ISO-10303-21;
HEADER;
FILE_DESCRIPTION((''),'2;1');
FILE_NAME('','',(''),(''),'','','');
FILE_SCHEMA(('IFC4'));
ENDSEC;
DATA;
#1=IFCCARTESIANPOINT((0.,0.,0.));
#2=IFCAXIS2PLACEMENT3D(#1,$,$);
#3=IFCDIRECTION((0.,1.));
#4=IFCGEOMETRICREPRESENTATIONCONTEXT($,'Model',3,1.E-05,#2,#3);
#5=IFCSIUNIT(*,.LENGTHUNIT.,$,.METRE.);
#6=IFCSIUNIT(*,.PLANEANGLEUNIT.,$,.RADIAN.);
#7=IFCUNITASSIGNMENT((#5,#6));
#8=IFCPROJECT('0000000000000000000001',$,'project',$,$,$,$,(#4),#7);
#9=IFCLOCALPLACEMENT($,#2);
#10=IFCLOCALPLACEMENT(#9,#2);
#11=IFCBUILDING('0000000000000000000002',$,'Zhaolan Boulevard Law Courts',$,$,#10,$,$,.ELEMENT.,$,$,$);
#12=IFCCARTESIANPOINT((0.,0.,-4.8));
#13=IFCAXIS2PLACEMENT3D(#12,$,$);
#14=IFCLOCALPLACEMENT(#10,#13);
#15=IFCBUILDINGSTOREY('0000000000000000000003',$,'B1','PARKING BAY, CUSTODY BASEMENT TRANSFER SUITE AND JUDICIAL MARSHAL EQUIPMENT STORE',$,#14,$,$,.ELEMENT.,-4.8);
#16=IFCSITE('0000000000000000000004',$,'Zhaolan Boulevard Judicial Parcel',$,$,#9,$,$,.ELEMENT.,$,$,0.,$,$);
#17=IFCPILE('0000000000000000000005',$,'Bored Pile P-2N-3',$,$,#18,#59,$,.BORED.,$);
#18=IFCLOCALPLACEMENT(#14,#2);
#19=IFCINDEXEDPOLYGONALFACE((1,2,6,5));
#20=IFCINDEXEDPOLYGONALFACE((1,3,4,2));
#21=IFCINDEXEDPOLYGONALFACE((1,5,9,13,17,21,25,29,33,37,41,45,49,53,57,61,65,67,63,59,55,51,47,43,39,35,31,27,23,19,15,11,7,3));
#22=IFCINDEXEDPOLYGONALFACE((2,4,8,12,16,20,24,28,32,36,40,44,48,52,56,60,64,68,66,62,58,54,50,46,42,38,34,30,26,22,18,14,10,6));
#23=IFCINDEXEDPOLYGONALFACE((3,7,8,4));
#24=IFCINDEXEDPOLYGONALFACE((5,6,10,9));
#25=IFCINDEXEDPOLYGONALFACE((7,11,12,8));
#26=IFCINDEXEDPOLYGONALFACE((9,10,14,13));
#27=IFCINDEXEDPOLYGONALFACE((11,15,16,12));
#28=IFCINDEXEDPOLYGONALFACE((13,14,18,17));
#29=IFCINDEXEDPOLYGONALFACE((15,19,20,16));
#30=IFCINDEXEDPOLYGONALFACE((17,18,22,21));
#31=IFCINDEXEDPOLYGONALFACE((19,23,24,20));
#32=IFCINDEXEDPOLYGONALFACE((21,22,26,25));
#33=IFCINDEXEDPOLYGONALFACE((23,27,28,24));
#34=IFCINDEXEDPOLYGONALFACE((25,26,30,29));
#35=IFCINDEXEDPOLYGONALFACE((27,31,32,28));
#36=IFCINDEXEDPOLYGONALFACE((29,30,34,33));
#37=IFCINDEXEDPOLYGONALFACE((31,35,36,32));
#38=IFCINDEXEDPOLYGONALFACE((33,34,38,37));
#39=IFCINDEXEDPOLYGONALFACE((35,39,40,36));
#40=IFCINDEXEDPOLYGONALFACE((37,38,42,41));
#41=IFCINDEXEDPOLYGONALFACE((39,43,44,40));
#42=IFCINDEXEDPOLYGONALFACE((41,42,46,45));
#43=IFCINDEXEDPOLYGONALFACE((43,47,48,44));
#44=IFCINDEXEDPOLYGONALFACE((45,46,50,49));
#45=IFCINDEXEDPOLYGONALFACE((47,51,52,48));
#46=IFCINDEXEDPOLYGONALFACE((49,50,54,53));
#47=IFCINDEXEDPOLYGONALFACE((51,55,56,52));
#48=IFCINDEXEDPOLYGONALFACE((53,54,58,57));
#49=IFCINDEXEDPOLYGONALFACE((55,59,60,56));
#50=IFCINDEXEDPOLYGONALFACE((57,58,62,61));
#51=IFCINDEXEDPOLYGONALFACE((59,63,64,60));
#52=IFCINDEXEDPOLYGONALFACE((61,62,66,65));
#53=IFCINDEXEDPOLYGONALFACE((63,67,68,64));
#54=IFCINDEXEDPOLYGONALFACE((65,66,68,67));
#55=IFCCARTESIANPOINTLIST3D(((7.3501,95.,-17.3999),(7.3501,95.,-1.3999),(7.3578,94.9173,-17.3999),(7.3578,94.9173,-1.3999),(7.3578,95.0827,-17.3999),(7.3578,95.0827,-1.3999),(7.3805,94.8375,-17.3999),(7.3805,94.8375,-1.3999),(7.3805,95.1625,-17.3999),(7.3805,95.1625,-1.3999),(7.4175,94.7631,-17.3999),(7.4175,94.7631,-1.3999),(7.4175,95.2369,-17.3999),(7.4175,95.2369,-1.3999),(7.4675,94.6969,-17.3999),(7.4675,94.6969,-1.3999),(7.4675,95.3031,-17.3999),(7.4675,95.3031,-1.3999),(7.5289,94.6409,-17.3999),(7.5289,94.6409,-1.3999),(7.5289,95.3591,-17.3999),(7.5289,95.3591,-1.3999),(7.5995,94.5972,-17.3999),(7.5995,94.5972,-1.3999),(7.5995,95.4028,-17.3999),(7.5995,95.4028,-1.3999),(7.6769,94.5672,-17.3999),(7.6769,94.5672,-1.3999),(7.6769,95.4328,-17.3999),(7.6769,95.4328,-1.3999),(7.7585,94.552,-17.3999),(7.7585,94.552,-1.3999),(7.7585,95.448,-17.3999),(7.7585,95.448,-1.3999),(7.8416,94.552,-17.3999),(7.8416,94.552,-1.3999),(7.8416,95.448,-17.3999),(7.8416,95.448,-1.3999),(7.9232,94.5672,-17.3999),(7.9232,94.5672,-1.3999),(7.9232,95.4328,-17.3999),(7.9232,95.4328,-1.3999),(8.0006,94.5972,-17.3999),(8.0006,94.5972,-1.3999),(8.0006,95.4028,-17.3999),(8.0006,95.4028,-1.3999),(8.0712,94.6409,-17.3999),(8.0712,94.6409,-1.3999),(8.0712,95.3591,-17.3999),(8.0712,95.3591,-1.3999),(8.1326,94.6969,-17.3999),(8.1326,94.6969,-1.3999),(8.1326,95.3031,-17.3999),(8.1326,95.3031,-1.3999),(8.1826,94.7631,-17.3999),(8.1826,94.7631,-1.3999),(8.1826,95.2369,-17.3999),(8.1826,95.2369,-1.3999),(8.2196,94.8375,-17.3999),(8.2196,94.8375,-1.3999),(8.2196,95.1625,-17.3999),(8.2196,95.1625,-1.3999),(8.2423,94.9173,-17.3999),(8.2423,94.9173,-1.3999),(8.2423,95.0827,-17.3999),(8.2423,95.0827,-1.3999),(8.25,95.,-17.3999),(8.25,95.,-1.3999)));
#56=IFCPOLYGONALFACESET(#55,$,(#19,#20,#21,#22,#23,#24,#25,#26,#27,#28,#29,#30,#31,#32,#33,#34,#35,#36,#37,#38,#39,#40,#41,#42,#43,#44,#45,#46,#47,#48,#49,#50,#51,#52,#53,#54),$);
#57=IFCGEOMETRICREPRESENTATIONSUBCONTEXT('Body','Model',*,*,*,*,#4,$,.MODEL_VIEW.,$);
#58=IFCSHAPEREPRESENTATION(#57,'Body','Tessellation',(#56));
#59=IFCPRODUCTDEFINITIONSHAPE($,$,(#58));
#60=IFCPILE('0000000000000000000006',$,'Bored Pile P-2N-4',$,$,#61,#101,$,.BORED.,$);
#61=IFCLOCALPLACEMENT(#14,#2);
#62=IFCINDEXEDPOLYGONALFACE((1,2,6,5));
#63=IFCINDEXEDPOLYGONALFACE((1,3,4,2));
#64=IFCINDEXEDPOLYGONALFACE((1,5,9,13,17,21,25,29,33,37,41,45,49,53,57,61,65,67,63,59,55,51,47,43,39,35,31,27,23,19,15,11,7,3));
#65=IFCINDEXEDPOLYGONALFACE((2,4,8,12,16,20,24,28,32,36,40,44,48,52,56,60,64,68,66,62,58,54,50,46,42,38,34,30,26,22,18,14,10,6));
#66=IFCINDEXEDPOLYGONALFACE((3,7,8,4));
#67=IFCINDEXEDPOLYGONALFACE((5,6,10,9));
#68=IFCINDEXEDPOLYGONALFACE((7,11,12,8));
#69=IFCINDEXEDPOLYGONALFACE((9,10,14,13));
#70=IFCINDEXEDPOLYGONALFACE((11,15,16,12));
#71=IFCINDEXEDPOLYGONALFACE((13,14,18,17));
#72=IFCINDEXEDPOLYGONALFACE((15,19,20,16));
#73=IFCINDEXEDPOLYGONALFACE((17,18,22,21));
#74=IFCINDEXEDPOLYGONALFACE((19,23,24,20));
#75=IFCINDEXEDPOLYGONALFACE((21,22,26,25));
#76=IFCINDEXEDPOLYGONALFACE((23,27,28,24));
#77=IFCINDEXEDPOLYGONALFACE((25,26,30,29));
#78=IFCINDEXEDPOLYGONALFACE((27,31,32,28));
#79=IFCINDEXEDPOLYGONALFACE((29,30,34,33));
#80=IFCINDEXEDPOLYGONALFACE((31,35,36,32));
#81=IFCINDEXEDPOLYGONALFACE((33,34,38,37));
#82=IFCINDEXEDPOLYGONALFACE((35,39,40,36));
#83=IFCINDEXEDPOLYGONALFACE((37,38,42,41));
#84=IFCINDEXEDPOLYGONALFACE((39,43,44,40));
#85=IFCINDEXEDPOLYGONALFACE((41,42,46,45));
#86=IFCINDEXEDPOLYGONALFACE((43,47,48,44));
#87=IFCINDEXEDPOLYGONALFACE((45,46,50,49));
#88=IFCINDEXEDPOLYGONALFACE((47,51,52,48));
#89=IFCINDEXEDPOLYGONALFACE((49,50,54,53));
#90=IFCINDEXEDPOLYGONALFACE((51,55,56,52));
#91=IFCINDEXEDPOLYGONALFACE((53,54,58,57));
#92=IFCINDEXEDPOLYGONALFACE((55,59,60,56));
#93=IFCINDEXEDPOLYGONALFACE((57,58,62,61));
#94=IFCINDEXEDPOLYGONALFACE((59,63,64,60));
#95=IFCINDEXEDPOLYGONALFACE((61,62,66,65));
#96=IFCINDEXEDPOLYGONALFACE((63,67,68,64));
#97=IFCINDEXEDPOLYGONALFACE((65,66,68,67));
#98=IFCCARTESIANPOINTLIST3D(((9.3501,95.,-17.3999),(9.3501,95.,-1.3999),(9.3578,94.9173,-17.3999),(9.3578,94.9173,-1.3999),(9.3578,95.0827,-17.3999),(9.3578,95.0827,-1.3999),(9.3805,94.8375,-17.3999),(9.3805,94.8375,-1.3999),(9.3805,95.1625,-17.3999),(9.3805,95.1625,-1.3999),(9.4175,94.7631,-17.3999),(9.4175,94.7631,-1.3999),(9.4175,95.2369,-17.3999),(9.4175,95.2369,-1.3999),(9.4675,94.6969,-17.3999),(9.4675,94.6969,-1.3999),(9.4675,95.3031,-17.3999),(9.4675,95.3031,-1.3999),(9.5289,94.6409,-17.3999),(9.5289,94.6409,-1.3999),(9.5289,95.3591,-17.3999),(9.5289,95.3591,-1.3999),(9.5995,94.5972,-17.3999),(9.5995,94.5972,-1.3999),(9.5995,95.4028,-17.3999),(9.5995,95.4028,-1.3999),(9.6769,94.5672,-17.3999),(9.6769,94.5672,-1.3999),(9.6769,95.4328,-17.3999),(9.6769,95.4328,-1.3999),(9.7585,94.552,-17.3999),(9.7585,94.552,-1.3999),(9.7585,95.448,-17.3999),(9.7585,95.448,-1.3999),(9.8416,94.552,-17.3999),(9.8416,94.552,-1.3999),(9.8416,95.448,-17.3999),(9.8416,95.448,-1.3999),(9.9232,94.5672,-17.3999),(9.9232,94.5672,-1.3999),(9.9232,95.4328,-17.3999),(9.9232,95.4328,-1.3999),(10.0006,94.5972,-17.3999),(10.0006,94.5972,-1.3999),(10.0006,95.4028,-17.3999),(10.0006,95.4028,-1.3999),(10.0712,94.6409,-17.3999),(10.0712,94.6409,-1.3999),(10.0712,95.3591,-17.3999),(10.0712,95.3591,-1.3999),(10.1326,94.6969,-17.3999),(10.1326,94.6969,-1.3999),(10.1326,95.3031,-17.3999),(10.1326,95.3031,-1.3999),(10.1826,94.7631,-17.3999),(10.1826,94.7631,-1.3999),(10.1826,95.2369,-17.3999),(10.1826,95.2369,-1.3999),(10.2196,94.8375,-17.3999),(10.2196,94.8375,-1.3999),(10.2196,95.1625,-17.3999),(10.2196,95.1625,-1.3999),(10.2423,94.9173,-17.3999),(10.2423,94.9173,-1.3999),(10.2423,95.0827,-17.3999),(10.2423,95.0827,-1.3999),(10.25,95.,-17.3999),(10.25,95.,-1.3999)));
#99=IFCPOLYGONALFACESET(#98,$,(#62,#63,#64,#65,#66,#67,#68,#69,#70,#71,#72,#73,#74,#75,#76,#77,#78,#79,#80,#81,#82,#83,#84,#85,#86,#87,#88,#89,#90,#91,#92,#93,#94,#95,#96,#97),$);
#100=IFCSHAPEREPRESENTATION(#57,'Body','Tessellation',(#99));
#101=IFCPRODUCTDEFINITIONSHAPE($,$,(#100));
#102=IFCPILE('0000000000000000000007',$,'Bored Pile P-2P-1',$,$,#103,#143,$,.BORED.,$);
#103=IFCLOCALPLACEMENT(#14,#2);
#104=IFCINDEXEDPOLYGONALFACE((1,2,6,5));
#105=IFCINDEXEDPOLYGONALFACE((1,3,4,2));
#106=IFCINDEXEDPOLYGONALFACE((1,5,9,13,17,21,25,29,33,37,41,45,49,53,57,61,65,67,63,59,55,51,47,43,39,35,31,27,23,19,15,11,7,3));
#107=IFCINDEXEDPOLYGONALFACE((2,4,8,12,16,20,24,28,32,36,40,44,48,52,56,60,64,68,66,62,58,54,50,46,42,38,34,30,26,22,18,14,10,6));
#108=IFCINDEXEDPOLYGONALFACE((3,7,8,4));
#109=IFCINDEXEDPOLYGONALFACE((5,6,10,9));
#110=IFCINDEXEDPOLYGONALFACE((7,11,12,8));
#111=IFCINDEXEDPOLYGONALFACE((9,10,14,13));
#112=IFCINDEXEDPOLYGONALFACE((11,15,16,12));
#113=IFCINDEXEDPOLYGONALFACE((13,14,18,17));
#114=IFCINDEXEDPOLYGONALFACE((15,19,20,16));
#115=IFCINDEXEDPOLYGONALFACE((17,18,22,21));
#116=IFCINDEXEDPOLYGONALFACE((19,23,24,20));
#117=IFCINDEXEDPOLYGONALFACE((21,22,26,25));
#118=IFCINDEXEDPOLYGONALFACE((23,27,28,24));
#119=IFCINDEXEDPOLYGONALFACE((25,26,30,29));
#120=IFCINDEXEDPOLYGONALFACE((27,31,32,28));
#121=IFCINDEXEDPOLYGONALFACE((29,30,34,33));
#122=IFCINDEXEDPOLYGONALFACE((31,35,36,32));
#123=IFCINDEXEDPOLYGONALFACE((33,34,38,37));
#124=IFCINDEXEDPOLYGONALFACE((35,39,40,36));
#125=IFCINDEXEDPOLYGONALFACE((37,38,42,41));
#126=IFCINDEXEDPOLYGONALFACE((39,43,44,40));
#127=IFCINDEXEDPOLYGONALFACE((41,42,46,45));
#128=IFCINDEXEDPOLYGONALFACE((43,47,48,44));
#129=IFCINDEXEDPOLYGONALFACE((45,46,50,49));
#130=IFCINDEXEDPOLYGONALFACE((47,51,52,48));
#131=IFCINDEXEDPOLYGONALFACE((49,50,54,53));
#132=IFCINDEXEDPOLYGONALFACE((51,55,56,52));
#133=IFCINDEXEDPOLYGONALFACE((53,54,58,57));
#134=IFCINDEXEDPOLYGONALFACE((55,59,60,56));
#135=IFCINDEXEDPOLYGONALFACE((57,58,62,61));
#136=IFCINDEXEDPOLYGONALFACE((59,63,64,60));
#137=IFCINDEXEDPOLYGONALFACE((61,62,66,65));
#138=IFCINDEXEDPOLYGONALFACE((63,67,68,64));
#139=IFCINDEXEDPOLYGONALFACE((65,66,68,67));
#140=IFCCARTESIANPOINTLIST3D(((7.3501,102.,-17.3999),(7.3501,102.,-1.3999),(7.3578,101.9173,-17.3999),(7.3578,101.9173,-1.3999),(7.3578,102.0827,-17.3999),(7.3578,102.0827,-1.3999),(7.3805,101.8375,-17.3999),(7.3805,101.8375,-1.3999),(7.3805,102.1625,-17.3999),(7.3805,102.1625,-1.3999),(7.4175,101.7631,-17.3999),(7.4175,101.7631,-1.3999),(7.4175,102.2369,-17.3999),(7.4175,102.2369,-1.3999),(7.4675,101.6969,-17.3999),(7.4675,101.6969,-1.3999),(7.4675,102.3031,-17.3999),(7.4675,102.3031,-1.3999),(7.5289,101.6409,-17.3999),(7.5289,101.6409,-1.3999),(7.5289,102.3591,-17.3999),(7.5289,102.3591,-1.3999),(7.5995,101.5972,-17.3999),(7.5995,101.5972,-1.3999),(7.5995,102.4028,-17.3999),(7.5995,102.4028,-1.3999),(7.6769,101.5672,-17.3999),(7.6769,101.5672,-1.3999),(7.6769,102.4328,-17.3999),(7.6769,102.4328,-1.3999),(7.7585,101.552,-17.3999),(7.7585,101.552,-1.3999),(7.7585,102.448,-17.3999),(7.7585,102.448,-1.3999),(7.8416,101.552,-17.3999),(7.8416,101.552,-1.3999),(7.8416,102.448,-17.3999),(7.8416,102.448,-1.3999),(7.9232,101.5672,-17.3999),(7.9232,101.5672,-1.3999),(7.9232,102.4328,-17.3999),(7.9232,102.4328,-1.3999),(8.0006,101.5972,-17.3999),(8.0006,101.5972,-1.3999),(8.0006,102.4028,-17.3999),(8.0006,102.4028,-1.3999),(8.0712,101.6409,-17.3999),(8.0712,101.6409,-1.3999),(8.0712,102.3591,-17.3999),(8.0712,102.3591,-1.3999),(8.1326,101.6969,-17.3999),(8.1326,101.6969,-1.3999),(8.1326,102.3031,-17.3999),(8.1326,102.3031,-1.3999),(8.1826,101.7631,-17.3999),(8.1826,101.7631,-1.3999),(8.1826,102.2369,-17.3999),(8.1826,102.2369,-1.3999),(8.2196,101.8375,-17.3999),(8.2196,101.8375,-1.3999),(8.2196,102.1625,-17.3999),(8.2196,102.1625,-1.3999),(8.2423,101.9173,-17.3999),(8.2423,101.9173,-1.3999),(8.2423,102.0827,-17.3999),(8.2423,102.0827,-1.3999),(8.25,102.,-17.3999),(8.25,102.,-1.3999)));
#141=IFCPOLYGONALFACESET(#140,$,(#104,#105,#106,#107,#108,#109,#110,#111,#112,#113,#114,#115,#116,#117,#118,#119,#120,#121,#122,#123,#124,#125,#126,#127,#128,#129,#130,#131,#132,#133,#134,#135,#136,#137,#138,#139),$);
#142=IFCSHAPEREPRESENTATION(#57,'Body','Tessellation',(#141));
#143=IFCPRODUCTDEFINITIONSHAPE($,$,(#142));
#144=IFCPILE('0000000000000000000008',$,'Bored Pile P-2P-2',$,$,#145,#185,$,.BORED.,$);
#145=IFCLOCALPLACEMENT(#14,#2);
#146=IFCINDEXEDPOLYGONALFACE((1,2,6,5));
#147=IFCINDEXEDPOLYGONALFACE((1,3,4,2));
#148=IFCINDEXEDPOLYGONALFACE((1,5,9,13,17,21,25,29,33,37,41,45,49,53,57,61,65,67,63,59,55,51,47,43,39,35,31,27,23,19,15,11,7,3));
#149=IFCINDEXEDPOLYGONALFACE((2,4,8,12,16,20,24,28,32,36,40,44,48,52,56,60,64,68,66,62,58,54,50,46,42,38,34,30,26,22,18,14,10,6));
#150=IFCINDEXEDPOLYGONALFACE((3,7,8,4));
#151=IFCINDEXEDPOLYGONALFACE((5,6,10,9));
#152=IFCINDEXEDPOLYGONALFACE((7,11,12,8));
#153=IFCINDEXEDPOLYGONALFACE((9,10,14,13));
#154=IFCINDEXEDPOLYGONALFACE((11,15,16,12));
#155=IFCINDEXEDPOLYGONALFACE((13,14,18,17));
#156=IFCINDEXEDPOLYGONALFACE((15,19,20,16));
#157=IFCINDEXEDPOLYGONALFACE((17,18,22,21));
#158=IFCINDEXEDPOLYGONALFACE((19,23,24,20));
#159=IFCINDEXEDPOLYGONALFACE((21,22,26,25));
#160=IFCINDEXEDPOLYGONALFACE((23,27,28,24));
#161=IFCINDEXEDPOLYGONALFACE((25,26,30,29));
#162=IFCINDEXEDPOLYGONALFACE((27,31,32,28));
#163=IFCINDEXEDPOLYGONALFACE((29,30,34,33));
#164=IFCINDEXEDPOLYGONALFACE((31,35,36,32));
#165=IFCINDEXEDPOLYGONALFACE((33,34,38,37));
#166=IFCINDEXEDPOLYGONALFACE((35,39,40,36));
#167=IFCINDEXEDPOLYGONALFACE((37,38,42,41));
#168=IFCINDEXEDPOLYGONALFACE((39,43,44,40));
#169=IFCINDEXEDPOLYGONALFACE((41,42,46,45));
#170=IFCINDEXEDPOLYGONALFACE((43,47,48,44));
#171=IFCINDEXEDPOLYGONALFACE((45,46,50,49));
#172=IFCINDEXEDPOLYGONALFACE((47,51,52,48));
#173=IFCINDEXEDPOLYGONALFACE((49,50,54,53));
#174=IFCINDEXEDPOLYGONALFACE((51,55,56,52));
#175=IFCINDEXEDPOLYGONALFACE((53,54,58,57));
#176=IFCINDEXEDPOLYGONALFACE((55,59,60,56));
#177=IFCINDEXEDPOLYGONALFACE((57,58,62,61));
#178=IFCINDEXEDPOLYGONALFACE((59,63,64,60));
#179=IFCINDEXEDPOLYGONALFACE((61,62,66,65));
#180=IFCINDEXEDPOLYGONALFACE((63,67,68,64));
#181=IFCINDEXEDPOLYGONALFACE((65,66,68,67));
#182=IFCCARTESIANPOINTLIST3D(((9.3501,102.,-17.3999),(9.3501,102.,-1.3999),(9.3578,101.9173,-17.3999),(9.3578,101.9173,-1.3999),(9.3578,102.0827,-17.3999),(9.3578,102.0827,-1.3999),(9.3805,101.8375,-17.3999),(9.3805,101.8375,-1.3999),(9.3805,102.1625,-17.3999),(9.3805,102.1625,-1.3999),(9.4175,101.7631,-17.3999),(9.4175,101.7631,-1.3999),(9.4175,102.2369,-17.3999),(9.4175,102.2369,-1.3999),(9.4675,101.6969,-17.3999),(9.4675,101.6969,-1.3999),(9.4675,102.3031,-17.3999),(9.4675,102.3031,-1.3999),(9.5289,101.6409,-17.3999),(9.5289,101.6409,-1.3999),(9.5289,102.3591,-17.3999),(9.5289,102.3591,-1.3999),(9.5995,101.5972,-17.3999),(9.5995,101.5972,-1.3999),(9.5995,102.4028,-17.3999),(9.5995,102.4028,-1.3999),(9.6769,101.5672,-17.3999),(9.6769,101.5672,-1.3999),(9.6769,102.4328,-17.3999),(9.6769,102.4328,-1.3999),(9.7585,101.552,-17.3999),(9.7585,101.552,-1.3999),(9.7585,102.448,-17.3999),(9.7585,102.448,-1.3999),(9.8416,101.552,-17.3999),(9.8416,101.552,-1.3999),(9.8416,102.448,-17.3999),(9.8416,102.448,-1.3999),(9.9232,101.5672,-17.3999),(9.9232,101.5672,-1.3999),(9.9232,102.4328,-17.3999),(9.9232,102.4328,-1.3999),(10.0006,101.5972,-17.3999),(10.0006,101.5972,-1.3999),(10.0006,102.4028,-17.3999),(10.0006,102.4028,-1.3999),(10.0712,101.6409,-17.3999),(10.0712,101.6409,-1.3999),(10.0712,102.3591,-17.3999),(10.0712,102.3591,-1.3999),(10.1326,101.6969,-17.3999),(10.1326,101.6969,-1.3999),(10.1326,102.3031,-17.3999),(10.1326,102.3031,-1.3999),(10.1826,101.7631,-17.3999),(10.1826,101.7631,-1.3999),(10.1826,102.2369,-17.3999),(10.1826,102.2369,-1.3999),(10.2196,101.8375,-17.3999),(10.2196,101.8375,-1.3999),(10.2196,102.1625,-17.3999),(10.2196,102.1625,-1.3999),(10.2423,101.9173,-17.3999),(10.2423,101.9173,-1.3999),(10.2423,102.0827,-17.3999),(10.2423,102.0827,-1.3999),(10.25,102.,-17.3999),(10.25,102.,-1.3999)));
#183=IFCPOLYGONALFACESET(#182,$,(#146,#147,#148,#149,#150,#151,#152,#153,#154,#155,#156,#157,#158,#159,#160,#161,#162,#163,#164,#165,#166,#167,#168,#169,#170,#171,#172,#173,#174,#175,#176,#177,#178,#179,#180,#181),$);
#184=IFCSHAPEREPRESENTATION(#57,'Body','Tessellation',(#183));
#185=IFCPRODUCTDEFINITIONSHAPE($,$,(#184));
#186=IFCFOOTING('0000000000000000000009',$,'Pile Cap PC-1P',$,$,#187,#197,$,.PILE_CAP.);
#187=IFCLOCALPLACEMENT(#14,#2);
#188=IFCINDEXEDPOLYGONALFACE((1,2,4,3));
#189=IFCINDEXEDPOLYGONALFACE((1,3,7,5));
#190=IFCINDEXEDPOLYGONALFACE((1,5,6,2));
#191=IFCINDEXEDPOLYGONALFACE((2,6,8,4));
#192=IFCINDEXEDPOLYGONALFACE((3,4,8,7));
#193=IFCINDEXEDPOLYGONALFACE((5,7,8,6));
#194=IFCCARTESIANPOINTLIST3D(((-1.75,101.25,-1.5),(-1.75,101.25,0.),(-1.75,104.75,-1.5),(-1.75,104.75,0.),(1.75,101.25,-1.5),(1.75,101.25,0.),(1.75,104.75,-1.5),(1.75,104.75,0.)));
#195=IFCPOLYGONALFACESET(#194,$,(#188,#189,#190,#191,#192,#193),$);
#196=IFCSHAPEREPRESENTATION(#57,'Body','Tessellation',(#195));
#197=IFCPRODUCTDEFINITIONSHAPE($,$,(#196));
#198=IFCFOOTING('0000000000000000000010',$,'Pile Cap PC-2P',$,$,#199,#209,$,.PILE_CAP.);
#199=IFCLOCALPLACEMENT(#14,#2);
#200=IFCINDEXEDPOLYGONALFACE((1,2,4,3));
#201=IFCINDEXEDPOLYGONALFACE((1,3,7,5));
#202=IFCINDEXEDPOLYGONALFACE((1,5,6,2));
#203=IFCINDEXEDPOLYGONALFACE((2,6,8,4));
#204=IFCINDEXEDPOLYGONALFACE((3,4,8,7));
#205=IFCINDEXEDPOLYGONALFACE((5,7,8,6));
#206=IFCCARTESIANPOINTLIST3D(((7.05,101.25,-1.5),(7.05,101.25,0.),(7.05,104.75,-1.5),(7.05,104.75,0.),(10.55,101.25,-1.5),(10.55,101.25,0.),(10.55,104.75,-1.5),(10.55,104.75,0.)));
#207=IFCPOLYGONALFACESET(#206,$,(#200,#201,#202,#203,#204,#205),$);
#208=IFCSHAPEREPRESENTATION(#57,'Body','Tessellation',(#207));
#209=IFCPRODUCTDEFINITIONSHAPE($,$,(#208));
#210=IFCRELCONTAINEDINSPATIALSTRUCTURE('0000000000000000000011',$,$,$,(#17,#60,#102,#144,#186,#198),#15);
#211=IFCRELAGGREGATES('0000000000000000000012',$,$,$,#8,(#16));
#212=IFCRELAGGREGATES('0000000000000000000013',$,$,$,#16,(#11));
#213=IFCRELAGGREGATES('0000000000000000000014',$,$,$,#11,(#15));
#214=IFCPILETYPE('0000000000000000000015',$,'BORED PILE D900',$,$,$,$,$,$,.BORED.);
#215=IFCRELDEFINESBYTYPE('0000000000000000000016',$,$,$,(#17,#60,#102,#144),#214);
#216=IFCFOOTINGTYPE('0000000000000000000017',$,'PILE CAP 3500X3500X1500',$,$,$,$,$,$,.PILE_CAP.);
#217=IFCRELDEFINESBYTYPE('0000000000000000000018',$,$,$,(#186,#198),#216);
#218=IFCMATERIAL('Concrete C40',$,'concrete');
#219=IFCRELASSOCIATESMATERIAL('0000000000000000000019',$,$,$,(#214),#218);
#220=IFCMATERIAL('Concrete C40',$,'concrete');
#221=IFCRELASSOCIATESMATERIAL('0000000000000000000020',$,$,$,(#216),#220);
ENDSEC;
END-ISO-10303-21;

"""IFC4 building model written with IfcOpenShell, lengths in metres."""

from ifc_helpers import new_model, si_unit, direction, frame, origin, origin_2d, place, context, subcontext, project, spatial, rectangle, circle, extrude, material, material_profile, profile_set, type_object, element, save


model = new_model("IFC4")

# Units and contexts
model_context = context("Model", 3, precision=1e-05, world=origin(), true_north=direction((0.0, 1.0)))
body_context = subcontext(model_context, "Body", "Model", "MODEL_VIEW")
ifc_project = project(units=[si_unit("LENGTHUNIT", "METRE"), si_unit("PLANEANGLEUNIT", "RADIAN")], contexts=[model_context])

# Site, building, storey
site_placement = place(None, origin())
site = spatial("IfcSite", under=ifc_project, at=site_placement, Name="Zhaolan Boulevard Judicial Parcel", CompositionType="ELEMENT", RefElevation=0.0)
building_placement = place(site_placement, origin())
building = spatial("IfcBuilding", under=site, at=building_placement, Name="Zhaolan Boulevard Law Courts", CompositionType="ELEMENT")
storey_placement = place(building_placement, frame((0.0, 0.0, -4.8)))
storey = spatial("IfcBuildingStorey", under=building, at=storey_placement, Name="B1", Description="PARKING BAY, CUSTODY BASEMENT TRANSFER SUITE AND JUDICIAL MARSHAL EQUIPMENT STORE", CompositionType="ELEMENT", Elevation=-4.8)

# Piles
ifc_material_1 = material(Name="Concrete C40", Category="concrete")
ifc_material_profile_1 = material_profile(ifc_material_1, circle(Radius=0.45, at=origin_2d()), Name="PILE-D900")
ifc_profile_set_1 = profile_set([ifc_material_profile_1], Name="Concrete C40")
pile_type = type_object("IfcPileType", Name="BORED PILE D900", PredefinedType="BORED", material=ifc_profile_set_1)
for number, where, z_axis, x_axis, name in (
    (1, (7.8, 95.0, -1.3999), (0.0, 0.0, -1.0), (1.0, 0.0, 0.0), "Bored Pile P-2N-3"),
    (2, (9.8, 95.0, -1.3999), (0.0, 0.0, -1.0), (1.0, 0.0, 0.0), "Bored Pile P-2N-4"),
    (3, (7.8, 102.0, -1.3999), (0.0, 0.0, -1.0), (1.0, 0.0, 0.0), "Bored Pile P-2P-1"),
    (4, (9.8, 102.0, -1.3999), (0.0, 0.0, -1.0), (1.0, 0.0, 0.0), "Bored Pile P-2P-2"),
):
    element("IfcPile", number, at=place(storey_placement, frame(where, z_axis=z_axis, x_axis=x_axis)), inside=storey, type_object=pile_type, Name=name, PredefinedType="BORED", context=body_context, shape_type="SweptSolid", body=[
        extrude(circle(Radius=0.45, at=origin_2d()), origin(), (0.0, 0.0, 1.0), 16.0),
    ])

# Footings
ifc_material_2 = material(Name="Concrete C40", Category="concrete")
footing_type_1 = type_object("IfcFootingType", Name="PILE CAP 3500X3500X1500", PredefinedType="PILE_CAP", material=ifc_material_2)
for number, where, z_axis, x_axis, name in (
    (5, (0.0, 103.0, -1.5), (0.0, 0.0, 1.0), (1.0, 0.0, 0.0), "Pile Cap PC-1P"),
    (6, (8.8, 103.0, -1.5), (0.0, 0.0, 1.0), (1.0, 0.0, 0.0), "Pile Cap PC-2P"),
):
    element("IfcFooting", number, at=place(storey_placement, frame(where, z_axis=z_axis, x_axis=x_axis)), inside=storey, type_object=footing_type_1, Name=name, PredefinedType="PILE_CAP", context=body_context, shape_type="SweptSolid", body=[
        extrude(rectangle(XDim=3.5, YDim=3.5, at=origin_2d()), origin(), (0.0, 0.0, 1.0), 1.5),
    ])

save(model, "model.ifc")
